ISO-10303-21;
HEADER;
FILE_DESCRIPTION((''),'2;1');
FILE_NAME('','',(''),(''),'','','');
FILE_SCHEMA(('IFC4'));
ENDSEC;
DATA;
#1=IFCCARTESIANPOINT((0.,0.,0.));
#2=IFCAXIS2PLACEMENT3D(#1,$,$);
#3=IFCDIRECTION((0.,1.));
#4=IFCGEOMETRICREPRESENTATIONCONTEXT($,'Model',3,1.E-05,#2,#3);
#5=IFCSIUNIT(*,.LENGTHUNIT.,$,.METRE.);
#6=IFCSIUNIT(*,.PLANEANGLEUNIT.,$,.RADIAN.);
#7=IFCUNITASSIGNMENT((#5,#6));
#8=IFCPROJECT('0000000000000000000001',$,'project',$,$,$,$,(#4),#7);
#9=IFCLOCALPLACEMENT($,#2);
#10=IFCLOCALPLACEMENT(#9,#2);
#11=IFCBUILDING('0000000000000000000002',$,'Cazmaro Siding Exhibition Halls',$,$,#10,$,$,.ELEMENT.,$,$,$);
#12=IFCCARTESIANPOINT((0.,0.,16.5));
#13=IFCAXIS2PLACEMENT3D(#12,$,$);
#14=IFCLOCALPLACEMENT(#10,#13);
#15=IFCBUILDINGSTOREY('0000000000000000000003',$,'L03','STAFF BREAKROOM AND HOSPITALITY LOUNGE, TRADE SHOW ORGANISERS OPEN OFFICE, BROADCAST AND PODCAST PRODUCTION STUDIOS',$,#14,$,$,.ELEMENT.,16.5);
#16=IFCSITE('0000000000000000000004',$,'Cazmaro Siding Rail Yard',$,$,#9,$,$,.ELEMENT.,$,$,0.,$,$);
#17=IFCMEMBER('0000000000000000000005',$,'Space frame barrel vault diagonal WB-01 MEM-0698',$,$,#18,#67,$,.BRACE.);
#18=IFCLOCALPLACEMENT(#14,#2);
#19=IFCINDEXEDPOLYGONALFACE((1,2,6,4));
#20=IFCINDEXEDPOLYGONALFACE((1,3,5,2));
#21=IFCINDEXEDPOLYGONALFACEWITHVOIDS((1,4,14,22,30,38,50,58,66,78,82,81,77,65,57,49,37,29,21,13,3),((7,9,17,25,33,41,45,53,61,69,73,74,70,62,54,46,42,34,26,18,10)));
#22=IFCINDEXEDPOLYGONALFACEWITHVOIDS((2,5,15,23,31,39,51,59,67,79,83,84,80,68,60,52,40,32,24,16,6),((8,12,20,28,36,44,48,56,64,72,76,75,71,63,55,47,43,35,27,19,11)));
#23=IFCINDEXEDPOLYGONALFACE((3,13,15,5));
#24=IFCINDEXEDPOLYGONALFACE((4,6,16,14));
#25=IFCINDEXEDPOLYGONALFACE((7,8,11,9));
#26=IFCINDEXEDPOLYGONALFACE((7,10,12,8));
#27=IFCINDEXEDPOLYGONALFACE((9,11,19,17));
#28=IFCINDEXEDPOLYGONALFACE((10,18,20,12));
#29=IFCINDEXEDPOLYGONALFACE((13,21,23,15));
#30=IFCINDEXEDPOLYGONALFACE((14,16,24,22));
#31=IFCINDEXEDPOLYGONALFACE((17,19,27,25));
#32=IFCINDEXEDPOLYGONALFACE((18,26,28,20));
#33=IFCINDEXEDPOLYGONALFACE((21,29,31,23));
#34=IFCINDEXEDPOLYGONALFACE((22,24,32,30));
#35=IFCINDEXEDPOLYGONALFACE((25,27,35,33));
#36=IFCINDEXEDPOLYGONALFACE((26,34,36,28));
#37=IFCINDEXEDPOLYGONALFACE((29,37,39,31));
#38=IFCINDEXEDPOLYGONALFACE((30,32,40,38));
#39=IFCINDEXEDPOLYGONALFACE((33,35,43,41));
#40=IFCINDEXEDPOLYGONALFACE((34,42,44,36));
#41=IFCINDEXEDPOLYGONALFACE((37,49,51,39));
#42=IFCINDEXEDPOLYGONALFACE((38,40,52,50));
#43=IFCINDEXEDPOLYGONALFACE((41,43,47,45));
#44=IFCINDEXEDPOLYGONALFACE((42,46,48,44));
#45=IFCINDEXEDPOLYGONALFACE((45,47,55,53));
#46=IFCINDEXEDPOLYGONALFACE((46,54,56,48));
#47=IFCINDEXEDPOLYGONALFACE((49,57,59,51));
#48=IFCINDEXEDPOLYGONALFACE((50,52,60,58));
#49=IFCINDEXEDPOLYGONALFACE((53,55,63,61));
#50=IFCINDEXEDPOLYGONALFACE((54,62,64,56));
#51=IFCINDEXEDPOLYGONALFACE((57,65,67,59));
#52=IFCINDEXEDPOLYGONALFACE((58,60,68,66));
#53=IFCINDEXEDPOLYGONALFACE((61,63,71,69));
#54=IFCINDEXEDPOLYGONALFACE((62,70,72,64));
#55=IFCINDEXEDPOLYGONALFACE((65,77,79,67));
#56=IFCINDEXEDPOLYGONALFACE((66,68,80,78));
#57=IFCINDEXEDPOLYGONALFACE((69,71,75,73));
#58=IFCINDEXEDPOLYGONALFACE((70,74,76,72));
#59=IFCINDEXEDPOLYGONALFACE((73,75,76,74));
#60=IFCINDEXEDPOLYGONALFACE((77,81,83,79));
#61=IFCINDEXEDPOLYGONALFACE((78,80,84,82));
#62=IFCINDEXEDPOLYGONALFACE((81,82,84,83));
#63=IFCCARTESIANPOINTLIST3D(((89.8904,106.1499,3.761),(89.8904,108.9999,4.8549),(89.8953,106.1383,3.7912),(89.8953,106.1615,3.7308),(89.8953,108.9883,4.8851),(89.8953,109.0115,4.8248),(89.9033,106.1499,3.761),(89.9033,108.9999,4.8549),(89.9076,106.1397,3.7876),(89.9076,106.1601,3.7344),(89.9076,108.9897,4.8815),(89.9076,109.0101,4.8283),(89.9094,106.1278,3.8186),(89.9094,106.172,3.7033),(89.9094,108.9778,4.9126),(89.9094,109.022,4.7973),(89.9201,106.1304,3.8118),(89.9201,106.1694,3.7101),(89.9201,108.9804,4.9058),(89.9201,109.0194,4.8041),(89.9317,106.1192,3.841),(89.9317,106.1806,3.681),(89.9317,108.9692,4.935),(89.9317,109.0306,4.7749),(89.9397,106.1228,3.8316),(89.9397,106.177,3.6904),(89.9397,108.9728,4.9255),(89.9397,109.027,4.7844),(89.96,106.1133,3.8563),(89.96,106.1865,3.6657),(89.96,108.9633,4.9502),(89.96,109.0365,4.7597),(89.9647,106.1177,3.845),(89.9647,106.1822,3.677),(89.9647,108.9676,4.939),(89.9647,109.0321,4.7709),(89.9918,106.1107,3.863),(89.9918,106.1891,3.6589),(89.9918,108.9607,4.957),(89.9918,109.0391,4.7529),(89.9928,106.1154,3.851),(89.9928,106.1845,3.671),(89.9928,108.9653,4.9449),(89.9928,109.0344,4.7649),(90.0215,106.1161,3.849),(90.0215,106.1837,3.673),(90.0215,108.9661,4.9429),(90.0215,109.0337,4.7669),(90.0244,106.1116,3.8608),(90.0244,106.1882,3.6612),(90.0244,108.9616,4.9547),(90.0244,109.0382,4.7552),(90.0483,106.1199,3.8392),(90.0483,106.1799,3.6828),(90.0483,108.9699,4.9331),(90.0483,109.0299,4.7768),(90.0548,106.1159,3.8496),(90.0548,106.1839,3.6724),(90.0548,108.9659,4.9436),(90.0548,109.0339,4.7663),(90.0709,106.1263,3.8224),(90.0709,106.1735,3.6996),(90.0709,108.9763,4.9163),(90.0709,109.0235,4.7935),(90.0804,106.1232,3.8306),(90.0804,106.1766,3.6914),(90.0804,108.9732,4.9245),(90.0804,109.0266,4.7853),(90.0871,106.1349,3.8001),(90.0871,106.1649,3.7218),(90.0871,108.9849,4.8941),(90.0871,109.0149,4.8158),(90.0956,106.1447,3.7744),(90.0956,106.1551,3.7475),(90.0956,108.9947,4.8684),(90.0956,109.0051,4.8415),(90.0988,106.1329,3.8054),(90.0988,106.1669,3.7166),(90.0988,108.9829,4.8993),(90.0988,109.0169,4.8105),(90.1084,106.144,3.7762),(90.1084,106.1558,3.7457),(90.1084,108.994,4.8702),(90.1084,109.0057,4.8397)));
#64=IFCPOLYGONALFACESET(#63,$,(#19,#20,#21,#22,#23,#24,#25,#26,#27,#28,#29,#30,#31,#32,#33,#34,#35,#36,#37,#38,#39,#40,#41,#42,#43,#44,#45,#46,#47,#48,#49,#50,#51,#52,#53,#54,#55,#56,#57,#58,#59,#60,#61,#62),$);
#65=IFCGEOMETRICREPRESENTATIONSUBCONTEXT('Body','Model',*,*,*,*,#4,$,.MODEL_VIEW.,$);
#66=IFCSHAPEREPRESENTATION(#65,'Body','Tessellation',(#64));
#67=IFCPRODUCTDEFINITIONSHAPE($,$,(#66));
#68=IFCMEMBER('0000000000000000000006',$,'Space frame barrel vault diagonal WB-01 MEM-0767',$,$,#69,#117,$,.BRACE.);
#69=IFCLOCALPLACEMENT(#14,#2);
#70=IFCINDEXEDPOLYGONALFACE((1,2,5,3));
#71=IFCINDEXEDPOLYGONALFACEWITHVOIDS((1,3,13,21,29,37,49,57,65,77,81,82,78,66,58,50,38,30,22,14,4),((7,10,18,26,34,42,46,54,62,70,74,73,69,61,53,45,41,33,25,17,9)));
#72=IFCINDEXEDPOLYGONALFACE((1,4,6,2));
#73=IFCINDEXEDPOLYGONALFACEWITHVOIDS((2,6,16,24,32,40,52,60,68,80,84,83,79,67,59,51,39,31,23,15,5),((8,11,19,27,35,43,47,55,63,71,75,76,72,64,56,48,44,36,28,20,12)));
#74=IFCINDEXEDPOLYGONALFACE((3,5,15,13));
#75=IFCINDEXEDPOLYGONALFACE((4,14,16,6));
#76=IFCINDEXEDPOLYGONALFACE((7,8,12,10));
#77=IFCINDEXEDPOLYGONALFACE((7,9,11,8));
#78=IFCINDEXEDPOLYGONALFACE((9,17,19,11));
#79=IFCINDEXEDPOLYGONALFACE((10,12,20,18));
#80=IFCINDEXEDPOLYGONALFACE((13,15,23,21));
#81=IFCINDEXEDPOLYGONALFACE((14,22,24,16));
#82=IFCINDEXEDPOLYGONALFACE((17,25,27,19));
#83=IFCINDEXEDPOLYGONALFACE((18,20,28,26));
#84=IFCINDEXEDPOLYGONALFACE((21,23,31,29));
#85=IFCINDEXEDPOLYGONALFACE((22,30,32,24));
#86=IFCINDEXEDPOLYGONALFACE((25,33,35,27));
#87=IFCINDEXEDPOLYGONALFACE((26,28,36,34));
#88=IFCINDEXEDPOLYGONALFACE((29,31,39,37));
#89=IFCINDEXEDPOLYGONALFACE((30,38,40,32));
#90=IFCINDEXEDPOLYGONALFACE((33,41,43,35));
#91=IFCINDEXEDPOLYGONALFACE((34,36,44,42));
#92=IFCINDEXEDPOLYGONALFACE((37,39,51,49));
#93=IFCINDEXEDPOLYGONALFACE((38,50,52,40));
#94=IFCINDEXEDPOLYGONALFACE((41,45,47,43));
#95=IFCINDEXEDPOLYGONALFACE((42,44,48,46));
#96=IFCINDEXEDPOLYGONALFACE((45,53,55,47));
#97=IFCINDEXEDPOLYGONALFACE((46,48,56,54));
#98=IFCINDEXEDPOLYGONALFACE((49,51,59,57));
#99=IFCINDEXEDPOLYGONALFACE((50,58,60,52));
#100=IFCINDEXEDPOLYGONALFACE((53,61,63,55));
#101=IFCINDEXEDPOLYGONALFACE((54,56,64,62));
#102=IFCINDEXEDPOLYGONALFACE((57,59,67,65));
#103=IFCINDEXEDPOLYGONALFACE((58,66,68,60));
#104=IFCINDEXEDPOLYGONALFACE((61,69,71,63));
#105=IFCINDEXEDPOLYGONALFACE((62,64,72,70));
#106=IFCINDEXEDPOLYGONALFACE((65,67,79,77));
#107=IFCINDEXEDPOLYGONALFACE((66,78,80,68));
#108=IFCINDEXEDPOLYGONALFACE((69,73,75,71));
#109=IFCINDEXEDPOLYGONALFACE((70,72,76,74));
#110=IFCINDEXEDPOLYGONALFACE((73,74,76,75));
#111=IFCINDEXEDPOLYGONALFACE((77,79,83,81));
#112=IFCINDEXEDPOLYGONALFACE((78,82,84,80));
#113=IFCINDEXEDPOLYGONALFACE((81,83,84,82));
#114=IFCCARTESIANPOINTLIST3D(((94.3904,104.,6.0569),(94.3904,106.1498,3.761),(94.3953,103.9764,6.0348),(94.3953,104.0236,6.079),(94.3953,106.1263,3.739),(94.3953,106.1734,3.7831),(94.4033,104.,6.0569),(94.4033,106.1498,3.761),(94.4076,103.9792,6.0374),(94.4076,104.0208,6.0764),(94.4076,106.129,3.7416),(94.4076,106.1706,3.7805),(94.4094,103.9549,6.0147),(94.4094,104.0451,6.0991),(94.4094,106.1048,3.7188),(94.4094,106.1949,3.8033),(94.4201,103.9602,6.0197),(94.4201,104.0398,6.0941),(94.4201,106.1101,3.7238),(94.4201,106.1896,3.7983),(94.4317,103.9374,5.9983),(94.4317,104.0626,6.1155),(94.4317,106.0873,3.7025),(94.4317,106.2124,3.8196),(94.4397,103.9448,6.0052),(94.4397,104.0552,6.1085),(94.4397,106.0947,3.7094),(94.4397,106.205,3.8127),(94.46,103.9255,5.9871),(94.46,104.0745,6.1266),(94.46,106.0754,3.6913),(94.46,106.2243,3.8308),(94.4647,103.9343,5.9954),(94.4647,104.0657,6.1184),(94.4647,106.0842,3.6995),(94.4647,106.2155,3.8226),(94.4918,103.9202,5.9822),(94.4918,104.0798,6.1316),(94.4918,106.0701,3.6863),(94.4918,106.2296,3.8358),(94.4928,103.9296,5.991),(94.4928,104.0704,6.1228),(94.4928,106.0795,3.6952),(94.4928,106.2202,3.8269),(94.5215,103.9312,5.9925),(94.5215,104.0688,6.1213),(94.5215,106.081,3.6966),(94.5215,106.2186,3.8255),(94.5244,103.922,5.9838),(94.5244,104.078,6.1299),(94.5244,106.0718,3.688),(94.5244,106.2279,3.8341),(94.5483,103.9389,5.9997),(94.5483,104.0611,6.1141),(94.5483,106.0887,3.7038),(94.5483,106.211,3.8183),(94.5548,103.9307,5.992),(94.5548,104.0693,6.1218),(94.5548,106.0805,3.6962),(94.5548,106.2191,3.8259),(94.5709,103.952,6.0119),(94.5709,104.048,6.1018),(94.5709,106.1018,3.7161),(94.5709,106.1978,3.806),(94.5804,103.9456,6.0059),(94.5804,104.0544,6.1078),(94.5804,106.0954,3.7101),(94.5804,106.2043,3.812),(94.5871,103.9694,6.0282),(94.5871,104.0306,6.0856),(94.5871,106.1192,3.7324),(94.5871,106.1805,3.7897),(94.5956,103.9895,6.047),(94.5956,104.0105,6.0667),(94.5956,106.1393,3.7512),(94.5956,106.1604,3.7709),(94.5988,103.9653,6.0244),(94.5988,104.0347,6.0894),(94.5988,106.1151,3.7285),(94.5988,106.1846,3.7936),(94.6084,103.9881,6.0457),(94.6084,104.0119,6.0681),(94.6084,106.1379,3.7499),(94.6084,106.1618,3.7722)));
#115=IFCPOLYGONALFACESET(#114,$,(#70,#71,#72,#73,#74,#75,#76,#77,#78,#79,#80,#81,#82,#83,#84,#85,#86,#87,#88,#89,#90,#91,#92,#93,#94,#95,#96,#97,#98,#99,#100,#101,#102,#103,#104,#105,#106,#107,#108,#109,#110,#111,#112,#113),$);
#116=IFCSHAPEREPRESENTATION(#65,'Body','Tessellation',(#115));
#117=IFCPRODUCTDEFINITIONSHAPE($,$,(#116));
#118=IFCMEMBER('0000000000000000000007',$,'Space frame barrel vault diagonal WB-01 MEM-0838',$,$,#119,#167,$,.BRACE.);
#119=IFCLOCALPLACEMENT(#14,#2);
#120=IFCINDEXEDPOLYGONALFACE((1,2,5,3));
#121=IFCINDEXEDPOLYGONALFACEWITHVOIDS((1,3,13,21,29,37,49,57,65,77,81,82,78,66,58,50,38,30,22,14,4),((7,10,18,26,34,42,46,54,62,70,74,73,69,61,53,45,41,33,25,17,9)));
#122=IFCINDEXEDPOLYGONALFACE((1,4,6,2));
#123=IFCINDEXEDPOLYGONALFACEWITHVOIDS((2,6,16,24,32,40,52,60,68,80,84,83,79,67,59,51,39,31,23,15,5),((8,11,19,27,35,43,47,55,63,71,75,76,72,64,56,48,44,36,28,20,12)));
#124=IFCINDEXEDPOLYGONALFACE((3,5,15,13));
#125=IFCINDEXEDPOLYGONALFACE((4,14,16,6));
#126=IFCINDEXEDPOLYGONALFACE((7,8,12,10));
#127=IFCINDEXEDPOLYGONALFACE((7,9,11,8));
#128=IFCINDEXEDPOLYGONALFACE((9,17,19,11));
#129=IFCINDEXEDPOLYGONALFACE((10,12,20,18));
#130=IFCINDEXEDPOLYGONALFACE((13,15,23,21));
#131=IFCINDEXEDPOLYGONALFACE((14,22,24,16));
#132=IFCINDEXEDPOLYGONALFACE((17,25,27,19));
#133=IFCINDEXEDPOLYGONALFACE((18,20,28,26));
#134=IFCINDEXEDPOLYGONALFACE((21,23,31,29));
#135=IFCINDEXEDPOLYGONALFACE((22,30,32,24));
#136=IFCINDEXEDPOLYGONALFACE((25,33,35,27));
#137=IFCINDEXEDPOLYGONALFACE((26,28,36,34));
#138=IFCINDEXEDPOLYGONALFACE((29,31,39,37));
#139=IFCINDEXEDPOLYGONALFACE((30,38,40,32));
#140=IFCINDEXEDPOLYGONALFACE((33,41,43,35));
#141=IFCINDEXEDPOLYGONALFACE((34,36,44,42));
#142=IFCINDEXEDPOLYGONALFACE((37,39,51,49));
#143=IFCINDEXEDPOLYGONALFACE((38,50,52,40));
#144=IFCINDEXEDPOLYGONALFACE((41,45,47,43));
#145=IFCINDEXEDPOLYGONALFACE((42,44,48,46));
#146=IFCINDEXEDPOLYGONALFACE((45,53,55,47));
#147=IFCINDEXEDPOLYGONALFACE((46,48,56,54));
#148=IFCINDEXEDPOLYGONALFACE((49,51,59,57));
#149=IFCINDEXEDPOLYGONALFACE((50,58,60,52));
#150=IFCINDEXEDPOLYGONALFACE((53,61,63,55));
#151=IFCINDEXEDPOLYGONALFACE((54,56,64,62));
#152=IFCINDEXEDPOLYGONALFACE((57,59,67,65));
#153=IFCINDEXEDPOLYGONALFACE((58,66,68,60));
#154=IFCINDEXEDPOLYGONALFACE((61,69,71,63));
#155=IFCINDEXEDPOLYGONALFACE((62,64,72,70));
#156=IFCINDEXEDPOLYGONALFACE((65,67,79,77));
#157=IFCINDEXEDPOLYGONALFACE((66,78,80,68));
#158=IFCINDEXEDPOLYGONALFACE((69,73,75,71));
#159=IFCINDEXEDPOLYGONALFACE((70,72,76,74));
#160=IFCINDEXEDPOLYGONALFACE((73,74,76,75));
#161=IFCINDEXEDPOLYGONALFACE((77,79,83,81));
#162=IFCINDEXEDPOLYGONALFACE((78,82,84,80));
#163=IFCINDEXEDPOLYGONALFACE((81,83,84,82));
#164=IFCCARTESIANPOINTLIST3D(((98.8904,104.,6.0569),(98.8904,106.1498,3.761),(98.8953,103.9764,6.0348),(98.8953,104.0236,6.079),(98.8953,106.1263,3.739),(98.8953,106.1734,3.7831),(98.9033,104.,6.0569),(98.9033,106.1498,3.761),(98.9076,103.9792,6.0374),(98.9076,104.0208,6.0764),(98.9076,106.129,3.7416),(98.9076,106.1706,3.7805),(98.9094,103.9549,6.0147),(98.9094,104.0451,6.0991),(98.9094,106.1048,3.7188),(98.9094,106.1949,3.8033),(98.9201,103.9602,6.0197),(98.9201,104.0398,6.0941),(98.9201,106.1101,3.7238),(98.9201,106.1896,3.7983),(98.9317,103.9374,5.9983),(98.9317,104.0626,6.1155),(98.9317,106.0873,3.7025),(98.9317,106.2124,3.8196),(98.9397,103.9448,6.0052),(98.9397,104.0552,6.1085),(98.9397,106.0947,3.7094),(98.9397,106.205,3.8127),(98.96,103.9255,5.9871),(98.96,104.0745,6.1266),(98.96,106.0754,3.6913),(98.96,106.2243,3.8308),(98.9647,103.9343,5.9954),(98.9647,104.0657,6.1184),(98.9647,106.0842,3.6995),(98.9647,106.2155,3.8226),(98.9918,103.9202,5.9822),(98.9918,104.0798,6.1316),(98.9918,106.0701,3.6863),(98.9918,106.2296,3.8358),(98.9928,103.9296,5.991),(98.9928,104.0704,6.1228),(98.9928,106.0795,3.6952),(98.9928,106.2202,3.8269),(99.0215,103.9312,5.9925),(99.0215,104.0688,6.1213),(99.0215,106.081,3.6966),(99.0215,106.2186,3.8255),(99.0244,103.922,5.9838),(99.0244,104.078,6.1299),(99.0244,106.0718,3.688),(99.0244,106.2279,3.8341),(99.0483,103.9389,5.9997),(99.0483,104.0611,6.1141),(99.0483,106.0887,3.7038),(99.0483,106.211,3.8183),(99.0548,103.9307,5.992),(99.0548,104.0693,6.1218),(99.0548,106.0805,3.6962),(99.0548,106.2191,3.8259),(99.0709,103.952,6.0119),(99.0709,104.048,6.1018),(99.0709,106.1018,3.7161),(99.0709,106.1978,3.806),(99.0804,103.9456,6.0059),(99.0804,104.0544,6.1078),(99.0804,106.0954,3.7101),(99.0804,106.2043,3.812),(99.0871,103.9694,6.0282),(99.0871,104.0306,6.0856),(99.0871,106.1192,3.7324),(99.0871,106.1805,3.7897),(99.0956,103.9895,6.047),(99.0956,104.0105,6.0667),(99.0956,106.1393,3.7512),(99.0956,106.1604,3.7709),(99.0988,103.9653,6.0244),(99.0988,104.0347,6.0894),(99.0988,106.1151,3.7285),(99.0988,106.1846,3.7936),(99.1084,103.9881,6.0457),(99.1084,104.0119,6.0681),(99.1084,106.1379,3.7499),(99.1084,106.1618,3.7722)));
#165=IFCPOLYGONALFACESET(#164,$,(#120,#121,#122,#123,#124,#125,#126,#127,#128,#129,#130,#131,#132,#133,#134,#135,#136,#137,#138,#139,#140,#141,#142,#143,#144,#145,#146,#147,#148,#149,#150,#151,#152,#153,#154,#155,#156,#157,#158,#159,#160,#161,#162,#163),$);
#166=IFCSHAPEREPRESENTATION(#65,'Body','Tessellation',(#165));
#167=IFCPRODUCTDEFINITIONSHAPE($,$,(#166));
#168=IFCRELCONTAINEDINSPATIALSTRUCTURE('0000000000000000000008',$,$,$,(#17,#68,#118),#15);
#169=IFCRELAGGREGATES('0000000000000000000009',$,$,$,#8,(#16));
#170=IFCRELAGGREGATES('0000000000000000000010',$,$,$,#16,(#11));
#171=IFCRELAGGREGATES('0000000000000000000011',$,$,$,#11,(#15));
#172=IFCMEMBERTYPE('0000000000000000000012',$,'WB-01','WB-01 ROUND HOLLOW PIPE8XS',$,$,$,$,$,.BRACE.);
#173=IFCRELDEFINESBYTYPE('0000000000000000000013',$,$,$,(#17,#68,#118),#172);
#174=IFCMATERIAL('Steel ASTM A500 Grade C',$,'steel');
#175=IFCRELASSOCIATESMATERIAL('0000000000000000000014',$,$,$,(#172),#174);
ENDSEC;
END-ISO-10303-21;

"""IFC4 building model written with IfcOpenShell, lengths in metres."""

from ifc_helpers import new_model, si_unit, direction, frame, origin, origin_2d, place, context, subcontext, project, spatial, hollow_circle, extrude, material, material_profile, profile_set, type_object, element, save


model = new_model("IFC4")

# Units and contexts
model_context = context("Model", 3, precision=1e-05, world=origin(), true_north=direction((0.0, 1.0)))
body_context = subcontext(model_context, "Body", "Model", "MODEL_VIEW")
ifc_project = project(units=[si_unit("LENGTHUNIT", "METRE"), si_unit("PLANEANGLEUNIT", "RADIAN")], contexts=[model_context])

# Site, building, storey
site_placement = place(None, origin())
site = spatial("IfcSite", under=ifc_project, at=site_placement, Name="Cazmaro Siding Rail Yard", CompositionType="ELEMENT", RefElevation=0.0)
building_placement = place(site_placement, origin())
building = spatial("IfcBuilding", under=site, at=building_placement, Name="Cazmaro Siding Exhibition Halls", CompositionType="ELEMENT")
storey_placement = place(building_placement, frame((0.0, 0.0, 16.5)))
storey = spatial("IfcBuildingStorey", under=building, at=storey_placement, Name="L03", Description="STAFF BREAKROOM AND HOSPITALITY LOUNGE, TRADE SHOW ORGANISERS OPEN OFFICE, BROADCAST AND PODCAST PRODUCTION STUDIOS", CompositionType="ELEMENT", Elevation=16.5)

# Members
ifc_material_1 = material(Name="Steel ASTM A500 Grade C", Category="steel")
ifc_material_profile_1 = material_profile(ifc_material_1, hollow_circle(Radius=0.1096, WallThickness=0.0129, at=origin_2d()), Name="PIPE8XS")
ifc_profile_set_1 = profile_set([ifc_material_profile_1], Name="Steel ASTM A500 Grade C")
member_type_1 = type_object("IfcMemberType", Name="WB-01", Description="WB-01 ROUND HOLLOW PIPE8XS", PredefinedType="BRACE", material=ifc_profile_set_1)
member_1_placement = place(storey_placement, frame((90.0, 106.1499, 3.761), z_axis=(0.0, 0.933587, 0.358352), x_axis=(-1.0, 0.0, 0.0)))
element("IfcMember", 1, at=member_1_placement, inside=storey, type_object=member_type_1, Name="Space frame barrel vault diagonal WB-01 MEM-0698", PredefinedType="BRACE", context=body_context, shape_type="SweptSolid", body=[
    extrude(hollow_circle(Radius=0.1096, WallThickness=0.0129, at=origin_2d()), origin(), (0.0, 0.0, 1.0), 3.0527),
])
for number, where, z_axis, x_axis, name in (
    (2, (94.5, 104.0, 6.0569), (0.0, 0.683518, -0.729934), (-1.0, 0.0, 0.0), "Space frame barrel vault diagonal WB-01 MEM-0767"),
    (3, (99.0, 104.0, 6.0569), (0.0, 0.683518, -0.729934), (-1.0, 0.0, 0.0), "Space frame barrel vault diagonal WB-01 MEM-0838"),
):
    element("IfcMember", number, at=place(storey_placement, frame(where, z_axis=z_axis, x_axis=x_axis)), inside=storey, type_object=member_type_1, Name=name, PredefinedType="BRACE", context=body_context, shape_type="SweptSolid", body=[
        extrude(hollow_circle(Radius=0.1096, WallThickness=0.0129, at=origin_2d()), origin(), (0.0, 0.0, 1.0), 3.1453),
    ])

save(model, "model.ifc")
